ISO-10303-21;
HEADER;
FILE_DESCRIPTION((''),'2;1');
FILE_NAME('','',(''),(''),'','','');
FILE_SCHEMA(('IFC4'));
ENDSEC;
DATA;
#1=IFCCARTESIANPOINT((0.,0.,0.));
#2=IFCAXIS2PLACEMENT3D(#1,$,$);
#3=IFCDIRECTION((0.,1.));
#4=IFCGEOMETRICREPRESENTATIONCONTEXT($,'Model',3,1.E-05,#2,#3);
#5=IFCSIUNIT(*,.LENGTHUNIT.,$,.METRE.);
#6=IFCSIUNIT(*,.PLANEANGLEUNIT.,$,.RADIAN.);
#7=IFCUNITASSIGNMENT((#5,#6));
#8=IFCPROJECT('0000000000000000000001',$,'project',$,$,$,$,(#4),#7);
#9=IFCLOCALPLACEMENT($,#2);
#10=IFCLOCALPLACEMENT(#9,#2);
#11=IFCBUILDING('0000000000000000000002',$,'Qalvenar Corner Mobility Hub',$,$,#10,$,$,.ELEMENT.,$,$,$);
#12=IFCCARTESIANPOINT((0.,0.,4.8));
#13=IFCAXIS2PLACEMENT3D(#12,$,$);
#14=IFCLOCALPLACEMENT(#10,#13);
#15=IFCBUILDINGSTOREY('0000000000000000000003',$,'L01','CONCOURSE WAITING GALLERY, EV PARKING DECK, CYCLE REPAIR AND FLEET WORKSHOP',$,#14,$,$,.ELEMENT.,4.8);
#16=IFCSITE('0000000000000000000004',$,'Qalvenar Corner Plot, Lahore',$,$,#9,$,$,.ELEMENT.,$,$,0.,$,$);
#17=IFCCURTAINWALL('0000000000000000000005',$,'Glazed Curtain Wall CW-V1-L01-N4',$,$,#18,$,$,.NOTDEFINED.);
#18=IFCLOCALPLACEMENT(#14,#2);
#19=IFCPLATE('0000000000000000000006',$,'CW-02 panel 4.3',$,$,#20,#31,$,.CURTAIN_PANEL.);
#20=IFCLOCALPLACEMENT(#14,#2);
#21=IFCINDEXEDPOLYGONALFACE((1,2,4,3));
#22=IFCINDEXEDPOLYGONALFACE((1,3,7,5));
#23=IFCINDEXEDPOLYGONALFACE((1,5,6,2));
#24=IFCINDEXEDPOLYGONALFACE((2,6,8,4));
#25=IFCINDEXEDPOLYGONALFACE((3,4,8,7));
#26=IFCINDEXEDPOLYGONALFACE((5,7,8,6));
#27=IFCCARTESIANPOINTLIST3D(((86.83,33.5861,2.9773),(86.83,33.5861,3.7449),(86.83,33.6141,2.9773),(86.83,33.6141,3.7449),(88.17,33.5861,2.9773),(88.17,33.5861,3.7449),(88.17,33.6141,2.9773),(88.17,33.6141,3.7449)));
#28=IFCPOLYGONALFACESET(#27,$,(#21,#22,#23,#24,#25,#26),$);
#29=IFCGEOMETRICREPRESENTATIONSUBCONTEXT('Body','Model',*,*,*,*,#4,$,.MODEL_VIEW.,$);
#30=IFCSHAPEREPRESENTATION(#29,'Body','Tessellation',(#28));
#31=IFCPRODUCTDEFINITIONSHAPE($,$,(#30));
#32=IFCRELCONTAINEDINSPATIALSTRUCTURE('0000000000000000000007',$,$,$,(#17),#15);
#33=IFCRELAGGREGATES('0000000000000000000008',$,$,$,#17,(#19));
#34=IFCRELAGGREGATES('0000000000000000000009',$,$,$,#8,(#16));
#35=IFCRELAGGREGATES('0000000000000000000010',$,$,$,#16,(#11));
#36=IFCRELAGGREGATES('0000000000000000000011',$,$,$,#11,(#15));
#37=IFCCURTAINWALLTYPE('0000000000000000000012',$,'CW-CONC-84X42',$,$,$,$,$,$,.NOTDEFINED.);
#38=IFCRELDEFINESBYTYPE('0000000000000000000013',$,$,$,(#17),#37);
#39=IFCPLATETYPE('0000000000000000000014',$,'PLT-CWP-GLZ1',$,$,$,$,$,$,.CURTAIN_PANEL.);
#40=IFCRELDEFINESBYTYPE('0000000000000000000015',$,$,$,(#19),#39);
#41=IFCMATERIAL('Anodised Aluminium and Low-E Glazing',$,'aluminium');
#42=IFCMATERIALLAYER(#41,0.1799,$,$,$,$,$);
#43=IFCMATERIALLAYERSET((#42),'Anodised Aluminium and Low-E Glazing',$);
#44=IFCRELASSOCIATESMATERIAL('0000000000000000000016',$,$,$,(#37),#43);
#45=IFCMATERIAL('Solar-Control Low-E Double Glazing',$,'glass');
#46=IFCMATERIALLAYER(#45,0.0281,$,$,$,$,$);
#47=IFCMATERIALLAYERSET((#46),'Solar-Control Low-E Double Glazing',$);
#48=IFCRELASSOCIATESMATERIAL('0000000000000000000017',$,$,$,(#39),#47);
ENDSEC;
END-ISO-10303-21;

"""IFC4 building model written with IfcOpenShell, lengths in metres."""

from ifc_helpers import new_model, si_unit, direction, frame, origin, origin_2d, place, context, subcontext, project, spatial, rectangle, extrude, material, layer, layer_set, type_object, element, aggregate, save


model = new_model("IFC4")

# Units and contexts
model_context = context("Model", 3, precision=1e-05, world=origin(), true_north=direction((0.0, 1.0)))
body_context = subcontext(model_context, "Body", "Model", "MODEL_VIEW")
ifc_project = project(units=[si_unit("LENGTHUNIT", "METRE"), si_unit("PLANEANGLEUNIT", "RADIAN")], contexts=[model_context])

# Site, building, storey
site_placement = place(None, origin())
site = spatial("IfcSite", under=ifc_project, at=site_placement, Name="Qalvenar Corner Plot, Lahore", CompositionType="ELEMENT", RefElevation=0.0)
building_placement = place(site_placement, origin())
building = spatial("IfcBuilding", under=site, at=building_placement, Name="Qalvenar Corner Mobility Hub", CompositionType="ELEMENT")
storey_placement = place(building_placement, frame((0.0, 0.0, 4.8)))
storey = spatial("IfcBuildingStorey", under=building, at=storey_placement, Name="L01", Description="CONCOURSE WAITING GALLERY, EV PARKING DECK, CYCLE REPAIR AND FLEET WORKSHOP", CompositionType="ELEMENT", Elevation=4.8)

# Curtain wall, plate
ifc_material_1 = material(Name="Anodised Aluminium and Low-E Glazing", Category="aluminium")
ifc_layer_1 = layer(ifc_material_1, 0.1799)
ifc_layer_set_1 = layer_set([ifc_layer_1], Name="Anodised Aluminium and Low-E Glazing")
curtain_wall_type = type_object("IfcCurtainWallType", Name="CW-CONC-84X42", PredefinedType="NOTDEFINED", material=ifc_layer_set_1)
curtain_wall_placement = place(storey_placement, origin())
curtain_wall = element("IfcCurtainWall", 1, at=curtain_wall_placement, inside=storey, type_object=curtain_wall_type, Name="Glazed Curtain Wall CW-V1-L01-N4", PredefinedType="NOTDEFINED")
ifc_material_2 = material(Name="Solar-Control Low-E Double Glazing", Category="glass")
ifc_layer_2 = layer(ifc_material_2, 0.0281)
ifc_layer_set_2 = layer_set([ifc_layer_2], Name="Solar-Control Low-E Double Glazing")
plate_type = type_object("IfcPlateType", Name="PLT-CWP-GLZ1", PredefinedType="CURTAIN_PANEL", material=ifc_layer_set_2)
plate_1_placement = place(storey_placement, frame((87.5, 33.6001, 2.9773), z_axis=(0.0, 0.0, 1.0), x_axis=(-1.0, 0.0, 0.0)))
plate_1 = element("IfcPlate", 2, at=plate_1_placement, type_object=plate_type, Name="CW-02 panel 4.3", PredefinedType="CURTAIN_PANEL", context=body_context, shape_type="SweptSolid", body=[
    extrude(rectangle(XDim=1.3401, YDim=0.0281, at=origin_2d()), origin(), (0.0, 0.0, 1.0), 0.7676),
])
aggregate(curtain_wall, [plate_1])

save(model, "model.ifc")
